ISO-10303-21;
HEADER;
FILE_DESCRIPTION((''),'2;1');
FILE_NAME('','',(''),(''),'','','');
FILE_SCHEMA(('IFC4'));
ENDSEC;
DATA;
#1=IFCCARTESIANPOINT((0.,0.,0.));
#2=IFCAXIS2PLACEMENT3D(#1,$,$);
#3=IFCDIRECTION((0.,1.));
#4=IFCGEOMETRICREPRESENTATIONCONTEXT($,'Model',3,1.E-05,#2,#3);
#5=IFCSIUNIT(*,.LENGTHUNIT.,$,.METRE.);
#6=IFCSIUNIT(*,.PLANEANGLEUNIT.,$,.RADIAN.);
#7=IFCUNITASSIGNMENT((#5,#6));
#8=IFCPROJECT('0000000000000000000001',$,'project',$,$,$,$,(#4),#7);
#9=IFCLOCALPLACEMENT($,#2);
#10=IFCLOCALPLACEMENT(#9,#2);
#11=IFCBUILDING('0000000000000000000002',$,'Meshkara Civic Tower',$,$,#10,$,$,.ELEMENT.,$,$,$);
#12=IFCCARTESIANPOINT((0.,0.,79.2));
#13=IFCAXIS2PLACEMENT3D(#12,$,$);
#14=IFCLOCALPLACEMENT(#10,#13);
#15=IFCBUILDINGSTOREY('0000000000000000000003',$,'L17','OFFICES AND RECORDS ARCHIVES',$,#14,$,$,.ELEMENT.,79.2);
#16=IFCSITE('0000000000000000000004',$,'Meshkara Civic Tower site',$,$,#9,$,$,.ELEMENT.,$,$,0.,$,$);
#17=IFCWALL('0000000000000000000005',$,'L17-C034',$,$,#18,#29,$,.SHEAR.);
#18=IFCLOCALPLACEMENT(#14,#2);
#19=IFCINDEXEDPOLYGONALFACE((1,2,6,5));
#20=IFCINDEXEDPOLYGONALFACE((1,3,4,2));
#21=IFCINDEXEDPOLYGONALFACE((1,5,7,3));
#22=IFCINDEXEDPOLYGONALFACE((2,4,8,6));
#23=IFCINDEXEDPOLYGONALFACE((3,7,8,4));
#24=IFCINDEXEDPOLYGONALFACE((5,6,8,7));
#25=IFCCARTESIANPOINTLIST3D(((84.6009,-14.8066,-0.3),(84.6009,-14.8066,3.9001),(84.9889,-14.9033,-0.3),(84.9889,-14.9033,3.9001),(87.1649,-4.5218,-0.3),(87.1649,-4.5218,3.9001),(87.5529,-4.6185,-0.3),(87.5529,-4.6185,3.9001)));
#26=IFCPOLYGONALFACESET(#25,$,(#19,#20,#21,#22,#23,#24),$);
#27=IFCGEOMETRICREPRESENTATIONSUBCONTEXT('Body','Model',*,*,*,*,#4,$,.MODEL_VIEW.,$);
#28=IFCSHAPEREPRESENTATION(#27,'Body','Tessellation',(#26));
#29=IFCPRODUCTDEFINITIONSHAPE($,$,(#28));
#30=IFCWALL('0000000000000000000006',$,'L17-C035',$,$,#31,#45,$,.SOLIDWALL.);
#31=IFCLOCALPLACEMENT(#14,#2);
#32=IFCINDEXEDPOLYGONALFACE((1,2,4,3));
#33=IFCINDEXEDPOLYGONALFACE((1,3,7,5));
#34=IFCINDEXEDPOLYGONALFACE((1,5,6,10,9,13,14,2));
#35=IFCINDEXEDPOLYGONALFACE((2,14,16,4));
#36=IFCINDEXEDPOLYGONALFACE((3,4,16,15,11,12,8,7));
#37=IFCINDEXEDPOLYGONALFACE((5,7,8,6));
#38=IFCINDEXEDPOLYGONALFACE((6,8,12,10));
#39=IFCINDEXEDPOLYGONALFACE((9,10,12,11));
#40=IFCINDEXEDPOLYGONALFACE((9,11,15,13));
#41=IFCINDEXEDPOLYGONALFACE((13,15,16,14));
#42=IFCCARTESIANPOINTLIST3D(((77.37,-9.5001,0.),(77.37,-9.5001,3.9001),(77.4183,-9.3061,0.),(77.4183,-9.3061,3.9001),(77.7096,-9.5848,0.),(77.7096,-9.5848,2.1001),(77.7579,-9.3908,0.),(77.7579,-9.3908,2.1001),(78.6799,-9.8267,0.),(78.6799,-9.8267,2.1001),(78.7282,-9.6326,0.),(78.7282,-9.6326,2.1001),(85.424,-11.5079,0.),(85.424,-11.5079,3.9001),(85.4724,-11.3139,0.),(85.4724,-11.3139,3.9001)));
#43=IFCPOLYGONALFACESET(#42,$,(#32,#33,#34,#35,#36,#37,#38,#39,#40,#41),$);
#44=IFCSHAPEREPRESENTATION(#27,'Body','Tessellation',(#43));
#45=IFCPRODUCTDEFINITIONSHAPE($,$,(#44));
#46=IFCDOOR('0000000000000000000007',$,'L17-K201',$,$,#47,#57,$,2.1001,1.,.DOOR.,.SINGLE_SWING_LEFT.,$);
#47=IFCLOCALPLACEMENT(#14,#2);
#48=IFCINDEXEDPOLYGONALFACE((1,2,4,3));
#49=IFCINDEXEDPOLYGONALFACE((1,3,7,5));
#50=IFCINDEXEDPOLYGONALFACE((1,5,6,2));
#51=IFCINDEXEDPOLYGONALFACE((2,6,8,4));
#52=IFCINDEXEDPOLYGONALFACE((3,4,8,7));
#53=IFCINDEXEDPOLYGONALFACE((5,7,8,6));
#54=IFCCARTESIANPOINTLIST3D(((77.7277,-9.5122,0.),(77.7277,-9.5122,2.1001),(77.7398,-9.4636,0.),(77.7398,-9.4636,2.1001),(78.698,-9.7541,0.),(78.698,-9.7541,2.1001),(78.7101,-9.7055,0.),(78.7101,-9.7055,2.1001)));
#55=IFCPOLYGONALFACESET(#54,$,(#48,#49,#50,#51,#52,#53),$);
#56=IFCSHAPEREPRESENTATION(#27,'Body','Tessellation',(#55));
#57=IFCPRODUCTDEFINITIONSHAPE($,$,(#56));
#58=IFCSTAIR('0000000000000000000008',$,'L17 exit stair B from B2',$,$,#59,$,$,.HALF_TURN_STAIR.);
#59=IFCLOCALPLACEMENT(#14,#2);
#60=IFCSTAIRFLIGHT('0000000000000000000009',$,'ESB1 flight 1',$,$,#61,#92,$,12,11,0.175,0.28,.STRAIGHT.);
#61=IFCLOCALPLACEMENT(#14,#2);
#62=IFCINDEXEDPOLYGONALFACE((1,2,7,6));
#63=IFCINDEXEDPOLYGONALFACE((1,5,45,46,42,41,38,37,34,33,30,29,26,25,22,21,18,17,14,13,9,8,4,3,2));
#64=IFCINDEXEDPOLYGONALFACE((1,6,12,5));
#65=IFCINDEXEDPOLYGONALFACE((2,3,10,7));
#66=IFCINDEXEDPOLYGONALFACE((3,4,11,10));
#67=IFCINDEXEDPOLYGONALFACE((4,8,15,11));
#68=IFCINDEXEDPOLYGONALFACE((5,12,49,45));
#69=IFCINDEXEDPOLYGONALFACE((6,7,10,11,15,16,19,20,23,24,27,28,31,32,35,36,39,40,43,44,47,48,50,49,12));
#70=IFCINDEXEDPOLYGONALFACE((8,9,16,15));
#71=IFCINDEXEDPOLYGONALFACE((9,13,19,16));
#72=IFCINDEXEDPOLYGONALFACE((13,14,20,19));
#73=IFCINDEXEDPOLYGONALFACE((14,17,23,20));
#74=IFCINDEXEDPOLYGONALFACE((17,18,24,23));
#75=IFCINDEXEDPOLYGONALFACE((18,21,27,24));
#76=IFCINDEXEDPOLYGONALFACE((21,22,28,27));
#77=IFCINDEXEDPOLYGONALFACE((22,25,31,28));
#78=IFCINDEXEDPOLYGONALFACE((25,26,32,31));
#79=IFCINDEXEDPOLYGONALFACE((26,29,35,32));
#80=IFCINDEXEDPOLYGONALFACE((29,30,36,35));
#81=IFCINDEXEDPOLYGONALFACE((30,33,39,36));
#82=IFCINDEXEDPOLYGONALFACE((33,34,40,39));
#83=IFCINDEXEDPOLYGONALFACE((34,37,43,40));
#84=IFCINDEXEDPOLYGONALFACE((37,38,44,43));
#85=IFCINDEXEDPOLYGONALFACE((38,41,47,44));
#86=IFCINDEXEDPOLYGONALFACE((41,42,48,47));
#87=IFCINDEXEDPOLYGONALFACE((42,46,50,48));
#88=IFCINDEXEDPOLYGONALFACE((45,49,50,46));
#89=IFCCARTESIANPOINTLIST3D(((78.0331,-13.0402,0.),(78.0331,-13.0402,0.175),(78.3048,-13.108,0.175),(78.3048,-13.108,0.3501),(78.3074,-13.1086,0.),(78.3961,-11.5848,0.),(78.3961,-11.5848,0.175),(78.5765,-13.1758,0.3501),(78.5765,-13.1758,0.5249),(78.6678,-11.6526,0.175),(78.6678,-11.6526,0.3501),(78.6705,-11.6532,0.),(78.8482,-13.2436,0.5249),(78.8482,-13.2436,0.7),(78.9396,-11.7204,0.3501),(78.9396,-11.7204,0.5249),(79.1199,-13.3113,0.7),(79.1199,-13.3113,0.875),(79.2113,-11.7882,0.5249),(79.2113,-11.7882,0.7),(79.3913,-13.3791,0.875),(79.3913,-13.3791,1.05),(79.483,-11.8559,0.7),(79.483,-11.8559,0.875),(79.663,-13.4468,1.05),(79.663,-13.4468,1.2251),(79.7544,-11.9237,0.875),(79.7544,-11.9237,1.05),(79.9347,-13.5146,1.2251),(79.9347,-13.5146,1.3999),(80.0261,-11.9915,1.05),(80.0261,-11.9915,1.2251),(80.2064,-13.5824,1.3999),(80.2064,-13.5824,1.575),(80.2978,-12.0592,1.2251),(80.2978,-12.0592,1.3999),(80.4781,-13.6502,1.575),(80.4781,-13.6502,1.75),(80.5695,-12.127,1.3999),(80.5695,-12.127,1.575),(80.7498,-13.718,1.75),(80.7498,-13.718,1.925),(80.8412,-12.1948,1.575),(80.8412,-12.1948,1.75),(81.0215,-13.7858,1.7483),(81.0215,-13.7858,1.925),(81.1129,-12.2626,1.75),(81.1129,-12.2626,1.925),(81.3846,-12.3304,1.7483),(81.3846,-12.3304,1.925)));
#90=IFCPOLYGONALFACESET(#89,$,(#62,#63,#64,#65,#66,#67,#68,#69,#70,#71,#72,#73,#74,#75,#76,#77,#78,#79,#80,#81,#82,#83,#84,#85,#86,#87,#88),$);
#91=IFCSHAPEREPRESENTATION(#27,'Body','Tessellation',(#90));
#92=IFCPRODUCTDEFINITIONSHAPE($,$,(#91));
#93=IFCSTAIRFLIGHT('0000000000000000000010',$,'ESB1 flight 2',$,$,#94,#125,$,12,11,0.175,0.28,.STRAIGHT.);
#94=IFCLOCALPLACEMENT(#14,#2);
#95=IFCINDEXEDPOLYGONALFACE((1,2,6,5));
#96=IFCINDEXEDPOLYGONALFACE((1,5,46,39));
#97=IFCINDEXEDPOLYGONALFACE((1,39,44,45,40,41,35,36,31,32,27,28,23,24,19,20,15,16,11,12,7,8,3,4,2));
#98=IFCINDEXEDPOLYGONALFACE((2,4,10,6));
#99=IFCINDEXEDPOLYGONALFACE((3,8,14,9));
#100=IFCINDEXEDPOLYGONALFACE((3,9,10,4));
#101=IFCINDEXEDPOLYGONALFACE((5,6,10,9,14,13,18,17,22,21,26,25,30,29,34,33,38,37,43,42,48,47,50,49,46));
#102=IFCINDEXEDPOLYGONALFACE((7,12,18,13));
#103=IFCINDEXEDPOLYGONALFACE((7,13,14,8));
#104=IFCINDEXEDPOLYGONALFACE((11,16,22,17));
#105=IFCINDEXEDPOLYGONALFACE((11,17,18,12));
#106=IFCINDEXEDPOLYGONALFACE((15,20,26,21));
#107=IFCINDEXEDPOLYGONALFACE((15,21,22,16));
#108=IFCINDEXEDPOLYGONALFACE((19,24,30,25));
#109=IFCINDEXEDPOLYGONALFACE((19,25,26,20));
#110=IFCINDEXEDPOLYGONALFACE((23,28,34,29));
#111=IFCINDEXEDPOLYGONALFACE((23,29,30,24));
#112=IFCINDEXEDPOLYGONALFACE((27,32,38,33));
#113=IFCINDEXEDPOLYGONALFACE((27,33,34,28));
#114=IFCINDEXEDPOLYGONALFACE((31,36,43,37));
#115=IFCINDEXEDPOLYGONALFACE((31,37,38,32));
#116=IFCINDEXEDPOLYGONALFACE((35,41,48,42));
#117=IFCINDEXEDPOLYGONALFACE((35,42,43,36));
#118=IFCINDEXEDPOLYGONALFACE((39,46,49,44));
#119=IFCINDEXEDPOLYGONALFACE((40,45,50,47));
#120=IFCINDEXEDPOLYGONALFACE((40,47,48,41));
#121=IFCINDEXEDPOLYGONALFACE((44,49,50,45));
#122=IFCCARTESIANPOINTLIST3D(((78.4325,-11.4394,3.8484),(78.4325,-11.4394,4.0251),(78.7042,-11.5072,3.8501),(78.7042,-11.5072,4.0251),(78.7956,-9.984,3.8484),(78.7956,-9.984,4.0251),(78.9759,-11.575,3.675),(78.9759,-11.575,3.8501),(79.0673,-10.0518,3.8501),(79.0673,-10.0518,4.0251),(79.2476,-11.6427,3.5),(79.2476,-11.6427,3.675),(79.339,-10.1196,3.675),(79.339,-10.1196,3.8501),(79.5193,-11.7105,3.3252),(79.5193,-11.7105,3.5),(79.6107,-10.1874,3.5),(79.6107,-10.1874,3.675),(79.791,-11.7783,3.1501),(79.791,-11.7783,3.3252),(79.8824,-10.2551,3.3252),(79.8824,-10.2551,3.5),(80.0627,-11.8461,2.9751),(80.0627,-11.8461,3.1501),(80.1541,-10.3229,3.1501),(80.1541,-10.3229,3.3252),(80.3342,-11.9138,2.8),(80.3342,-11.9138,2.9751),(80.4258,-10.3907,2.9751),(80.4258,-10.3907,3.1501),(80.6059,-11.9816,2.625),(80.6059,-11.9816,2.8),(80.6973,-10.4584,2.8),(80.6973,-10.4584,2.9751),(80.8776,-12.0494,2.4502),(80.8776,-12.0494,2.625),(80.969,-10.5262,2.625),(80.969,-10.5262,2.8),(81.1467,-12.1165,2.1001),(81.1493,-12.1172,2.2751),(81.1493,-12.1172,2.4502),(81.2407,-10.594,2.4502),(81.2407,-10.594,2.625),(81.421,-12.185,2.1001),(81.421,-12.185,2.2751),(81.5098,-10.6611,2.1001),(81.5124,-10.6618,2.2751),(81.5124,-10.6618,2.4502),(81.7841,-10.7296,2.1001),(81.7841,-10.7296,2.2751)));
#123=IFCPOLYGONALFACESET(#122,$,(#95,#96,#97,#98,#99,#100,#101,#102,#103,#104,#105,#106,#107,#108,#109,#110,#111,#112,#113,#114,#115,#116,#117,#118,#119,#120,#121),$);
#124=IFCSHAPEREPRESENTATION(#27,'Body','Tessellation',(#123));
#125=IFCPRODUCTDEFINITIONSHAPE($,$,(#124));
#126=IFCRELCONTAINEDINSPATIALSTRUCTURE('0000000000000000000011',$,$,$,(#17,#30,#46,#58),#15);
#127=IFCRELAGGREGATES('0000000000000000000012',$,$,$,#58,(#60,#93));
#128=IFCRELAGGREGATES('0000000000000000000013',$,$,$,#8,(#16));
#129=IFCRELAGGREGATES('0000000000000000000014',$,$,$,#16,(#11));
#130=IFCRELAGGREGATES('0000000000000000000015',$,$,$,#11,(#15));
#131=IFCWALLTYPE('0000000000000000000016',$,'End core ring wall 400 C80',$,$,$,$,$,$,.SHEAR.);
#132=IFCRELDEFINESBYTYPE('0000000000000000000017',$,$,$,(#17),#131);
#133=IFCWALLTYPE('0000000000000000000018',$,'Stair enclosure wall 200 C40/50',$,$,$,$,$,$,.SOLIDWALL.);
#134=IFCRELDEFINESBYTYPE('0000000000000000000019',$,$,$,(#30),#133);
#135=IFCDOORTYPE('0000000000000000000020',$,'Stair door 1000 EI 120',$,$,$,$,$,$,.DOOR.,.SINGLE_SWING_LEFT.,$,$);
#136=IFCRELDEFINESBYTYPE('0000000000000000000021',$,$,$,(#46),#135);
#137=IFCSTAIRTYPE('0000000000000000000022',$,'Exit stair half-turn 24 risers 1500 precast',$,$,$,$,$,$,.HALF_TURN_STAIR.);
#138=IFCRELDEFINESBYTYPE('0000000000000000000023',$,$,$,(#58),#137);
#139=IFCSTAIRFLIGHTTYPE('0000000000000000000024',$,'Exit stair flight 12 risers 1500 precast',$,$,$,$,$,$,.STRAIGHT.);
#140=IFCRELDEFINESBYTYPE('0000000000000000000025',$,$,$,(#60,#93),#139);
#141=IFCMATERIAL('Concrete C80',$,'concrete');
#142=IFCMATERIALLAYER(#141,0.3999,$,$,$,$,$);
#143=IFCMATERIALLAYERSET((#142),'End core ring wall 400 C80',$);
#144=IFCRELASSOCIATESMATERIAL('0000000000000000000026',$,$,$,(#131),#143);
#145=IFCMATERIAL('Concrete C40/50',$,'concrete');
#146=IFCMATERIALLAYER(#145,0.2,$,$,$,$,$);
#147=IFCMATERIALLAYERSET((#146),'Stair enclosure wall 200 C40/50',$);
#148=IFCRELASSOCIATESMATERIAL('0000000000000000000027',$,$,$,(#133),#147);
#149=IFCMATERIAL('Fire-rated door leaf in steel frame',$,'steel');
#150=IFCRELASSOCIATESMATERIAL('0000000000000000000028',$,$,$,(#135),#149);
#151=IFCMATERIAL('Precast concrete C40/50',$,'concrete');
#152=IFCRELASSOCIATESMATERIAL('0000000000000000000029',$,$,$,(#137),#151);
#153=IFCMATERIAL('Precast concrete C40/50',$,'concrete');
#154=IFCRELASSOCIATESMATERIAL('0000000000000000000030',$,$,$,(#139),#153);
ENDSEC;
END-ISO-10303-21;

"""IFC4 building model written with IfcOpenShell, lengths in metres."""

from ifc_helpers import new_model, si_unit, direction, frame, frame_2d, origin, place, context, subcontext, project, spatial, polyline, rectangle, outline, extrude, material, layer, layer_set, type_object, element, fill, aggregate, save


model = new_model("IFC4")

# Units and contexts
model_context = context("Model", 3, precision=1e-05, world=origin(), true_north=direction((0.0, 1.0)))
body_context = subcontext(model_context, "Body", "Model", "MODEL_VIEW")
ifc_project = project(units=[si_unit("LENGTHUNIT", "METRE"), si_unit("PLANEANGLEUNIT", "RADIAN")], contexts=[model_context])

# Site, building, storey
site_placement = place(None, origin())
site = spatial("IfcSite", under=ifc_project, at=site_placement, Name="Meshkara Civic Tower site", CompositionType="ELEMENT", RefElevation=0.0)
building_placement = place(site_placement, origin())
building = spatial("IfcBuilding", under=site, at=building_placement, Name="Meshkara Civic Tower", CompositionType="ELEMENT")
storey_placement = place(building_placement, frame((0.0, 0.0, 79.2)))
storey = spatial("IfcBuildingStorey", under=building, at=storey_placement, Name="L17", Description="OFFICES AND RECORDS ARCHIVES", CompositionType="ELEMENT", Elevation=79.2)

# Shared definitions
ifc_material_1 = material(Name="Concrete C80", Category="concrete")
ifc_layer_1 = layer(ifc_material_1, 0.3999)
ifc_layer_set_1 = layer_set([ifc_layer_1], Name="End core ring wall 400 C80")
wall_type_1 = type_object("IfcWallType", Name="End core ring wall 400 C80", PredefinedType="SHEAR", material=ifc_layer_set_1)

# Wall
wall_1_placement = place(storey_placement, frame((84.7949, -14.855, -0.3), z_axis=(0.0, 0.0, 1.0), x_axis=(0.241891, 0.970304, 0.0)))
element("IfcWall", 1, at=wall_1_placement, inside=storey, type_object=wall_type_1, Name="L17-C034", PredefinedType="SHEAR", context=body_context, shape_type="SweptSolid", body=[
    extrude(rectangle(XDim=10.5996, YDim=0.3999, at=frame_2d((5.2998, 0.0))), origin(), (0.0, 0.0, 1.0), 4.2002),
])

# Wall, opening, door
ifc_material_2 = material(Name="Concrete C40/50", Category="concrete")
ifc_layer_2 = layer(ifc_material_2, 0.2)
ifc_layer_set_2 = layer_set([ifc_layer_2], Name="Stair enclosure wall 200 C40/50")
wall_type_2 = type_object("IfcWallType", Name="Stair enclosure wall 200 C40/50", PredefinedType="SOLIDWALL", material=ifc_layer_set_2)
wall_2_placement = place(storey_placement, frame((77.394, -9.4031, 0.0), z_axis=(0.0, 0.0, 1.0), x_axis=(0.970303, -0.241892, 0.0)))
wall_2 = element("IfcWall", 2, at=wall_2_placement, inside=storey, type_object=wall_type_2, Name="L17-C035", PredefinedType="SOLIDWALL", context=body_context, shape_type="SweptSolid", body=[
    extrude(rectangle(XDim=8.3005, YDim=0.2, at=frame_2d((4.1504, 0.0))), origin(), (0.0, 0.0, 1.0), 3.9001),
])
opening_1_placement = place(wall_2_placement, frame((0.3501, 0.0, 0.0)))
opening_1 = element("IfcOpeningElement", 3, at=opening_1_placement, cuts=wall_2, PredefinedType="OPENING", context=body_context, shape_type="SweptSolid", body=[
    extrude(rectangle(XDim=1.0, YDim=2.1001, at=frame_2d((0.5, 1.05))), frame((0.0, 0.1099, 0.0), z_axis=(0.0, -1.0, 0.0), x_axis=(1.0, 0.0, 0.0)), (0.0, 0.0, 1.0), 0.22),
])
ifc_material_3 = material(Name="Fire-rated door leaf in steel frame", Category="steel")
door_type_1 = type_object("IfcDoorType", Name="Stair door 1000 EI 120", OperationType="SINGLE_SWING_LEFT", PredefinedType="DOOR", material=ifc_material_3)
door_1_placement = place(opening_1_placement, origin())
door_1 = element("IfcDoor", 4, at=door_1_placement, inside=storey, type_object=door_type_1, Name="L17-K201", OperationType="SINGLE_SWING_LEFT", OverallHeight=2.1001, OverallWidth=1.0, PredefinedType="DOOR", context=body_context, shape_type="SweptSolid", body=[
    extrude(rectangle(XDim=1.0, YDim=2.1001, at=frame_2d((0.5, 1.05))), frame((0.0, 0.0249, 0.0), z_axis=(0.0, -1.0, 0.0), x_axis=(1.0, 0.0, 0.0)), (0.0, 0.0, 1.0), 0.05),
])
fill(opening_1, door_1)

# Stair, stair flights
ifc_material_4 = material(Name="Precast concrete C40/50", Category="concrete")
stair_type = type_object("IfcStairType", Name="Exit stair half-turn 24 risers 1500 precast", PredefinedType="HALF_TURN_STAIR", material=ifc_material_4)
stair_placement = place(storey_placement, origin())
stair = element("IfcStair", 5, at=stair_placement, inside=storey, type_object=stair_type, Name="L17 exit stair B from B2", PredefinedType="HALF_TURN_STAIR")
ifc_material_5 = material(Name="Precast concrete C40/50", Category="concrete")
stair_flight_type = type_object("IfcStairFlightType", Name="Exit stair flight 12 risers 1500 precast", PredefinedType="STRAIGHT", material=ifc_material_5)
stair_flight_1_placement = place(storey_placement, frame((78.2146, -12.3125, 0.0), z_axis=(0.0, 0.0, 1.0), x_axis=(0.97026, -0.242065, 0.0)))
stair_flight_1 = element("IfcStairFlight", 6, at=stair_flight_1_placement, type_object=stair_flight_type, Name="ESB1 flight 1", NumberOfRisers=12, NumberOfTreads=11, PredefinedType="STRAIGHT", RiserHeight=0.175, TreadLength=0.28, context=body_context, shape_type="SweptSolid", body=[
    extrude(outline(polyline([(0.0, 0.0), (0.0, 0.175), (0.28, 0.175), (0.28, 0.3501), (0.5601, 0.3501), (0.5601, 0.5249), (0.8401, 0.5249), (0.8401, 0.7), (1.1201, 0.7), (1.1201, 0.875), (1.3999, 0.875), (1.3999, 1.05), (1.6799, 1.05), (1.6799, 1.2251), (1.96, 1.2251), (1.96, 1.3999), (2.24, 1.3999), (2.24, 1.575), (2.52, 1.575), (2.52, 1.75), (2.8, 1.75), (2.8, 1.925), (3.0801, 1.925), (3.0801, 2.1001), (3.0801, 1.7483), (0.2827, 0.0), (0.0, 0.0)])), frame((0.0, 0.75, 0.0), z_axis=(0.0, -1.0, 0.0), x_axis=(1.0, 0.0, 0.0)), (0.0, 0.0, 1.0), 1.5),
])
stair_flight_2_placement = place(storey_placement, frame((81.6025, -11.4573, 2.1001), z_axis=(0.0, 0.0, 1.0), x_axis=(-0.97026, 0.242065, 0.0)))
stair_flight_2 = element("IfcStairFlight", 7, at=stair_flight_2_placement, type_object=stair_flight_type, Name="ESB1 flight 2", NumberOfRisers=12, NumberOfTreads=11, PredefinedType="STRAIGHT", RiserHeight=0.175, TreadLength=0.28, context=body_context, shape_type="SweptSolid", body=[
    extrude(outline(polyline([(0.0, 0.0), (0.0, 0.175), (0.28, 0.175), (0.28, 0.3501), (0.5601, 0.3501), (0.5601, 0.5249), (0.8401, 0.5249), (0.8401, 0.7), (1.1201, 0.7), (1.1201, 0.875), (1.3999, 0.875), (1.3999, 1.05), (1.6799, 1.05), (1.6799, 1.2251), (1.96, 1.2251), (1.96, 1.3999), (2.24, 1.3999), (2.24, 1.575), (2.52, 1.575), (2.52, 1.75), (2.8, 1.75), (2.8, 1.925), (3.0801, 1.925), (3.0801, 2.1001), (3.0801, 1.7483), (0.2827, 0.0), (0.0, 0.0)])), frame((0.0, 0.75, 0.0), z_axis=(0.0, -1.0, 0.0), x_axis=(1.0, 0.0, 0.0)), (0.0, 0.0, 1.0), 1.5),
])
aggregate(stair, [stair_flight_1, stair_flight_2])

save(model, "model.ifc")
